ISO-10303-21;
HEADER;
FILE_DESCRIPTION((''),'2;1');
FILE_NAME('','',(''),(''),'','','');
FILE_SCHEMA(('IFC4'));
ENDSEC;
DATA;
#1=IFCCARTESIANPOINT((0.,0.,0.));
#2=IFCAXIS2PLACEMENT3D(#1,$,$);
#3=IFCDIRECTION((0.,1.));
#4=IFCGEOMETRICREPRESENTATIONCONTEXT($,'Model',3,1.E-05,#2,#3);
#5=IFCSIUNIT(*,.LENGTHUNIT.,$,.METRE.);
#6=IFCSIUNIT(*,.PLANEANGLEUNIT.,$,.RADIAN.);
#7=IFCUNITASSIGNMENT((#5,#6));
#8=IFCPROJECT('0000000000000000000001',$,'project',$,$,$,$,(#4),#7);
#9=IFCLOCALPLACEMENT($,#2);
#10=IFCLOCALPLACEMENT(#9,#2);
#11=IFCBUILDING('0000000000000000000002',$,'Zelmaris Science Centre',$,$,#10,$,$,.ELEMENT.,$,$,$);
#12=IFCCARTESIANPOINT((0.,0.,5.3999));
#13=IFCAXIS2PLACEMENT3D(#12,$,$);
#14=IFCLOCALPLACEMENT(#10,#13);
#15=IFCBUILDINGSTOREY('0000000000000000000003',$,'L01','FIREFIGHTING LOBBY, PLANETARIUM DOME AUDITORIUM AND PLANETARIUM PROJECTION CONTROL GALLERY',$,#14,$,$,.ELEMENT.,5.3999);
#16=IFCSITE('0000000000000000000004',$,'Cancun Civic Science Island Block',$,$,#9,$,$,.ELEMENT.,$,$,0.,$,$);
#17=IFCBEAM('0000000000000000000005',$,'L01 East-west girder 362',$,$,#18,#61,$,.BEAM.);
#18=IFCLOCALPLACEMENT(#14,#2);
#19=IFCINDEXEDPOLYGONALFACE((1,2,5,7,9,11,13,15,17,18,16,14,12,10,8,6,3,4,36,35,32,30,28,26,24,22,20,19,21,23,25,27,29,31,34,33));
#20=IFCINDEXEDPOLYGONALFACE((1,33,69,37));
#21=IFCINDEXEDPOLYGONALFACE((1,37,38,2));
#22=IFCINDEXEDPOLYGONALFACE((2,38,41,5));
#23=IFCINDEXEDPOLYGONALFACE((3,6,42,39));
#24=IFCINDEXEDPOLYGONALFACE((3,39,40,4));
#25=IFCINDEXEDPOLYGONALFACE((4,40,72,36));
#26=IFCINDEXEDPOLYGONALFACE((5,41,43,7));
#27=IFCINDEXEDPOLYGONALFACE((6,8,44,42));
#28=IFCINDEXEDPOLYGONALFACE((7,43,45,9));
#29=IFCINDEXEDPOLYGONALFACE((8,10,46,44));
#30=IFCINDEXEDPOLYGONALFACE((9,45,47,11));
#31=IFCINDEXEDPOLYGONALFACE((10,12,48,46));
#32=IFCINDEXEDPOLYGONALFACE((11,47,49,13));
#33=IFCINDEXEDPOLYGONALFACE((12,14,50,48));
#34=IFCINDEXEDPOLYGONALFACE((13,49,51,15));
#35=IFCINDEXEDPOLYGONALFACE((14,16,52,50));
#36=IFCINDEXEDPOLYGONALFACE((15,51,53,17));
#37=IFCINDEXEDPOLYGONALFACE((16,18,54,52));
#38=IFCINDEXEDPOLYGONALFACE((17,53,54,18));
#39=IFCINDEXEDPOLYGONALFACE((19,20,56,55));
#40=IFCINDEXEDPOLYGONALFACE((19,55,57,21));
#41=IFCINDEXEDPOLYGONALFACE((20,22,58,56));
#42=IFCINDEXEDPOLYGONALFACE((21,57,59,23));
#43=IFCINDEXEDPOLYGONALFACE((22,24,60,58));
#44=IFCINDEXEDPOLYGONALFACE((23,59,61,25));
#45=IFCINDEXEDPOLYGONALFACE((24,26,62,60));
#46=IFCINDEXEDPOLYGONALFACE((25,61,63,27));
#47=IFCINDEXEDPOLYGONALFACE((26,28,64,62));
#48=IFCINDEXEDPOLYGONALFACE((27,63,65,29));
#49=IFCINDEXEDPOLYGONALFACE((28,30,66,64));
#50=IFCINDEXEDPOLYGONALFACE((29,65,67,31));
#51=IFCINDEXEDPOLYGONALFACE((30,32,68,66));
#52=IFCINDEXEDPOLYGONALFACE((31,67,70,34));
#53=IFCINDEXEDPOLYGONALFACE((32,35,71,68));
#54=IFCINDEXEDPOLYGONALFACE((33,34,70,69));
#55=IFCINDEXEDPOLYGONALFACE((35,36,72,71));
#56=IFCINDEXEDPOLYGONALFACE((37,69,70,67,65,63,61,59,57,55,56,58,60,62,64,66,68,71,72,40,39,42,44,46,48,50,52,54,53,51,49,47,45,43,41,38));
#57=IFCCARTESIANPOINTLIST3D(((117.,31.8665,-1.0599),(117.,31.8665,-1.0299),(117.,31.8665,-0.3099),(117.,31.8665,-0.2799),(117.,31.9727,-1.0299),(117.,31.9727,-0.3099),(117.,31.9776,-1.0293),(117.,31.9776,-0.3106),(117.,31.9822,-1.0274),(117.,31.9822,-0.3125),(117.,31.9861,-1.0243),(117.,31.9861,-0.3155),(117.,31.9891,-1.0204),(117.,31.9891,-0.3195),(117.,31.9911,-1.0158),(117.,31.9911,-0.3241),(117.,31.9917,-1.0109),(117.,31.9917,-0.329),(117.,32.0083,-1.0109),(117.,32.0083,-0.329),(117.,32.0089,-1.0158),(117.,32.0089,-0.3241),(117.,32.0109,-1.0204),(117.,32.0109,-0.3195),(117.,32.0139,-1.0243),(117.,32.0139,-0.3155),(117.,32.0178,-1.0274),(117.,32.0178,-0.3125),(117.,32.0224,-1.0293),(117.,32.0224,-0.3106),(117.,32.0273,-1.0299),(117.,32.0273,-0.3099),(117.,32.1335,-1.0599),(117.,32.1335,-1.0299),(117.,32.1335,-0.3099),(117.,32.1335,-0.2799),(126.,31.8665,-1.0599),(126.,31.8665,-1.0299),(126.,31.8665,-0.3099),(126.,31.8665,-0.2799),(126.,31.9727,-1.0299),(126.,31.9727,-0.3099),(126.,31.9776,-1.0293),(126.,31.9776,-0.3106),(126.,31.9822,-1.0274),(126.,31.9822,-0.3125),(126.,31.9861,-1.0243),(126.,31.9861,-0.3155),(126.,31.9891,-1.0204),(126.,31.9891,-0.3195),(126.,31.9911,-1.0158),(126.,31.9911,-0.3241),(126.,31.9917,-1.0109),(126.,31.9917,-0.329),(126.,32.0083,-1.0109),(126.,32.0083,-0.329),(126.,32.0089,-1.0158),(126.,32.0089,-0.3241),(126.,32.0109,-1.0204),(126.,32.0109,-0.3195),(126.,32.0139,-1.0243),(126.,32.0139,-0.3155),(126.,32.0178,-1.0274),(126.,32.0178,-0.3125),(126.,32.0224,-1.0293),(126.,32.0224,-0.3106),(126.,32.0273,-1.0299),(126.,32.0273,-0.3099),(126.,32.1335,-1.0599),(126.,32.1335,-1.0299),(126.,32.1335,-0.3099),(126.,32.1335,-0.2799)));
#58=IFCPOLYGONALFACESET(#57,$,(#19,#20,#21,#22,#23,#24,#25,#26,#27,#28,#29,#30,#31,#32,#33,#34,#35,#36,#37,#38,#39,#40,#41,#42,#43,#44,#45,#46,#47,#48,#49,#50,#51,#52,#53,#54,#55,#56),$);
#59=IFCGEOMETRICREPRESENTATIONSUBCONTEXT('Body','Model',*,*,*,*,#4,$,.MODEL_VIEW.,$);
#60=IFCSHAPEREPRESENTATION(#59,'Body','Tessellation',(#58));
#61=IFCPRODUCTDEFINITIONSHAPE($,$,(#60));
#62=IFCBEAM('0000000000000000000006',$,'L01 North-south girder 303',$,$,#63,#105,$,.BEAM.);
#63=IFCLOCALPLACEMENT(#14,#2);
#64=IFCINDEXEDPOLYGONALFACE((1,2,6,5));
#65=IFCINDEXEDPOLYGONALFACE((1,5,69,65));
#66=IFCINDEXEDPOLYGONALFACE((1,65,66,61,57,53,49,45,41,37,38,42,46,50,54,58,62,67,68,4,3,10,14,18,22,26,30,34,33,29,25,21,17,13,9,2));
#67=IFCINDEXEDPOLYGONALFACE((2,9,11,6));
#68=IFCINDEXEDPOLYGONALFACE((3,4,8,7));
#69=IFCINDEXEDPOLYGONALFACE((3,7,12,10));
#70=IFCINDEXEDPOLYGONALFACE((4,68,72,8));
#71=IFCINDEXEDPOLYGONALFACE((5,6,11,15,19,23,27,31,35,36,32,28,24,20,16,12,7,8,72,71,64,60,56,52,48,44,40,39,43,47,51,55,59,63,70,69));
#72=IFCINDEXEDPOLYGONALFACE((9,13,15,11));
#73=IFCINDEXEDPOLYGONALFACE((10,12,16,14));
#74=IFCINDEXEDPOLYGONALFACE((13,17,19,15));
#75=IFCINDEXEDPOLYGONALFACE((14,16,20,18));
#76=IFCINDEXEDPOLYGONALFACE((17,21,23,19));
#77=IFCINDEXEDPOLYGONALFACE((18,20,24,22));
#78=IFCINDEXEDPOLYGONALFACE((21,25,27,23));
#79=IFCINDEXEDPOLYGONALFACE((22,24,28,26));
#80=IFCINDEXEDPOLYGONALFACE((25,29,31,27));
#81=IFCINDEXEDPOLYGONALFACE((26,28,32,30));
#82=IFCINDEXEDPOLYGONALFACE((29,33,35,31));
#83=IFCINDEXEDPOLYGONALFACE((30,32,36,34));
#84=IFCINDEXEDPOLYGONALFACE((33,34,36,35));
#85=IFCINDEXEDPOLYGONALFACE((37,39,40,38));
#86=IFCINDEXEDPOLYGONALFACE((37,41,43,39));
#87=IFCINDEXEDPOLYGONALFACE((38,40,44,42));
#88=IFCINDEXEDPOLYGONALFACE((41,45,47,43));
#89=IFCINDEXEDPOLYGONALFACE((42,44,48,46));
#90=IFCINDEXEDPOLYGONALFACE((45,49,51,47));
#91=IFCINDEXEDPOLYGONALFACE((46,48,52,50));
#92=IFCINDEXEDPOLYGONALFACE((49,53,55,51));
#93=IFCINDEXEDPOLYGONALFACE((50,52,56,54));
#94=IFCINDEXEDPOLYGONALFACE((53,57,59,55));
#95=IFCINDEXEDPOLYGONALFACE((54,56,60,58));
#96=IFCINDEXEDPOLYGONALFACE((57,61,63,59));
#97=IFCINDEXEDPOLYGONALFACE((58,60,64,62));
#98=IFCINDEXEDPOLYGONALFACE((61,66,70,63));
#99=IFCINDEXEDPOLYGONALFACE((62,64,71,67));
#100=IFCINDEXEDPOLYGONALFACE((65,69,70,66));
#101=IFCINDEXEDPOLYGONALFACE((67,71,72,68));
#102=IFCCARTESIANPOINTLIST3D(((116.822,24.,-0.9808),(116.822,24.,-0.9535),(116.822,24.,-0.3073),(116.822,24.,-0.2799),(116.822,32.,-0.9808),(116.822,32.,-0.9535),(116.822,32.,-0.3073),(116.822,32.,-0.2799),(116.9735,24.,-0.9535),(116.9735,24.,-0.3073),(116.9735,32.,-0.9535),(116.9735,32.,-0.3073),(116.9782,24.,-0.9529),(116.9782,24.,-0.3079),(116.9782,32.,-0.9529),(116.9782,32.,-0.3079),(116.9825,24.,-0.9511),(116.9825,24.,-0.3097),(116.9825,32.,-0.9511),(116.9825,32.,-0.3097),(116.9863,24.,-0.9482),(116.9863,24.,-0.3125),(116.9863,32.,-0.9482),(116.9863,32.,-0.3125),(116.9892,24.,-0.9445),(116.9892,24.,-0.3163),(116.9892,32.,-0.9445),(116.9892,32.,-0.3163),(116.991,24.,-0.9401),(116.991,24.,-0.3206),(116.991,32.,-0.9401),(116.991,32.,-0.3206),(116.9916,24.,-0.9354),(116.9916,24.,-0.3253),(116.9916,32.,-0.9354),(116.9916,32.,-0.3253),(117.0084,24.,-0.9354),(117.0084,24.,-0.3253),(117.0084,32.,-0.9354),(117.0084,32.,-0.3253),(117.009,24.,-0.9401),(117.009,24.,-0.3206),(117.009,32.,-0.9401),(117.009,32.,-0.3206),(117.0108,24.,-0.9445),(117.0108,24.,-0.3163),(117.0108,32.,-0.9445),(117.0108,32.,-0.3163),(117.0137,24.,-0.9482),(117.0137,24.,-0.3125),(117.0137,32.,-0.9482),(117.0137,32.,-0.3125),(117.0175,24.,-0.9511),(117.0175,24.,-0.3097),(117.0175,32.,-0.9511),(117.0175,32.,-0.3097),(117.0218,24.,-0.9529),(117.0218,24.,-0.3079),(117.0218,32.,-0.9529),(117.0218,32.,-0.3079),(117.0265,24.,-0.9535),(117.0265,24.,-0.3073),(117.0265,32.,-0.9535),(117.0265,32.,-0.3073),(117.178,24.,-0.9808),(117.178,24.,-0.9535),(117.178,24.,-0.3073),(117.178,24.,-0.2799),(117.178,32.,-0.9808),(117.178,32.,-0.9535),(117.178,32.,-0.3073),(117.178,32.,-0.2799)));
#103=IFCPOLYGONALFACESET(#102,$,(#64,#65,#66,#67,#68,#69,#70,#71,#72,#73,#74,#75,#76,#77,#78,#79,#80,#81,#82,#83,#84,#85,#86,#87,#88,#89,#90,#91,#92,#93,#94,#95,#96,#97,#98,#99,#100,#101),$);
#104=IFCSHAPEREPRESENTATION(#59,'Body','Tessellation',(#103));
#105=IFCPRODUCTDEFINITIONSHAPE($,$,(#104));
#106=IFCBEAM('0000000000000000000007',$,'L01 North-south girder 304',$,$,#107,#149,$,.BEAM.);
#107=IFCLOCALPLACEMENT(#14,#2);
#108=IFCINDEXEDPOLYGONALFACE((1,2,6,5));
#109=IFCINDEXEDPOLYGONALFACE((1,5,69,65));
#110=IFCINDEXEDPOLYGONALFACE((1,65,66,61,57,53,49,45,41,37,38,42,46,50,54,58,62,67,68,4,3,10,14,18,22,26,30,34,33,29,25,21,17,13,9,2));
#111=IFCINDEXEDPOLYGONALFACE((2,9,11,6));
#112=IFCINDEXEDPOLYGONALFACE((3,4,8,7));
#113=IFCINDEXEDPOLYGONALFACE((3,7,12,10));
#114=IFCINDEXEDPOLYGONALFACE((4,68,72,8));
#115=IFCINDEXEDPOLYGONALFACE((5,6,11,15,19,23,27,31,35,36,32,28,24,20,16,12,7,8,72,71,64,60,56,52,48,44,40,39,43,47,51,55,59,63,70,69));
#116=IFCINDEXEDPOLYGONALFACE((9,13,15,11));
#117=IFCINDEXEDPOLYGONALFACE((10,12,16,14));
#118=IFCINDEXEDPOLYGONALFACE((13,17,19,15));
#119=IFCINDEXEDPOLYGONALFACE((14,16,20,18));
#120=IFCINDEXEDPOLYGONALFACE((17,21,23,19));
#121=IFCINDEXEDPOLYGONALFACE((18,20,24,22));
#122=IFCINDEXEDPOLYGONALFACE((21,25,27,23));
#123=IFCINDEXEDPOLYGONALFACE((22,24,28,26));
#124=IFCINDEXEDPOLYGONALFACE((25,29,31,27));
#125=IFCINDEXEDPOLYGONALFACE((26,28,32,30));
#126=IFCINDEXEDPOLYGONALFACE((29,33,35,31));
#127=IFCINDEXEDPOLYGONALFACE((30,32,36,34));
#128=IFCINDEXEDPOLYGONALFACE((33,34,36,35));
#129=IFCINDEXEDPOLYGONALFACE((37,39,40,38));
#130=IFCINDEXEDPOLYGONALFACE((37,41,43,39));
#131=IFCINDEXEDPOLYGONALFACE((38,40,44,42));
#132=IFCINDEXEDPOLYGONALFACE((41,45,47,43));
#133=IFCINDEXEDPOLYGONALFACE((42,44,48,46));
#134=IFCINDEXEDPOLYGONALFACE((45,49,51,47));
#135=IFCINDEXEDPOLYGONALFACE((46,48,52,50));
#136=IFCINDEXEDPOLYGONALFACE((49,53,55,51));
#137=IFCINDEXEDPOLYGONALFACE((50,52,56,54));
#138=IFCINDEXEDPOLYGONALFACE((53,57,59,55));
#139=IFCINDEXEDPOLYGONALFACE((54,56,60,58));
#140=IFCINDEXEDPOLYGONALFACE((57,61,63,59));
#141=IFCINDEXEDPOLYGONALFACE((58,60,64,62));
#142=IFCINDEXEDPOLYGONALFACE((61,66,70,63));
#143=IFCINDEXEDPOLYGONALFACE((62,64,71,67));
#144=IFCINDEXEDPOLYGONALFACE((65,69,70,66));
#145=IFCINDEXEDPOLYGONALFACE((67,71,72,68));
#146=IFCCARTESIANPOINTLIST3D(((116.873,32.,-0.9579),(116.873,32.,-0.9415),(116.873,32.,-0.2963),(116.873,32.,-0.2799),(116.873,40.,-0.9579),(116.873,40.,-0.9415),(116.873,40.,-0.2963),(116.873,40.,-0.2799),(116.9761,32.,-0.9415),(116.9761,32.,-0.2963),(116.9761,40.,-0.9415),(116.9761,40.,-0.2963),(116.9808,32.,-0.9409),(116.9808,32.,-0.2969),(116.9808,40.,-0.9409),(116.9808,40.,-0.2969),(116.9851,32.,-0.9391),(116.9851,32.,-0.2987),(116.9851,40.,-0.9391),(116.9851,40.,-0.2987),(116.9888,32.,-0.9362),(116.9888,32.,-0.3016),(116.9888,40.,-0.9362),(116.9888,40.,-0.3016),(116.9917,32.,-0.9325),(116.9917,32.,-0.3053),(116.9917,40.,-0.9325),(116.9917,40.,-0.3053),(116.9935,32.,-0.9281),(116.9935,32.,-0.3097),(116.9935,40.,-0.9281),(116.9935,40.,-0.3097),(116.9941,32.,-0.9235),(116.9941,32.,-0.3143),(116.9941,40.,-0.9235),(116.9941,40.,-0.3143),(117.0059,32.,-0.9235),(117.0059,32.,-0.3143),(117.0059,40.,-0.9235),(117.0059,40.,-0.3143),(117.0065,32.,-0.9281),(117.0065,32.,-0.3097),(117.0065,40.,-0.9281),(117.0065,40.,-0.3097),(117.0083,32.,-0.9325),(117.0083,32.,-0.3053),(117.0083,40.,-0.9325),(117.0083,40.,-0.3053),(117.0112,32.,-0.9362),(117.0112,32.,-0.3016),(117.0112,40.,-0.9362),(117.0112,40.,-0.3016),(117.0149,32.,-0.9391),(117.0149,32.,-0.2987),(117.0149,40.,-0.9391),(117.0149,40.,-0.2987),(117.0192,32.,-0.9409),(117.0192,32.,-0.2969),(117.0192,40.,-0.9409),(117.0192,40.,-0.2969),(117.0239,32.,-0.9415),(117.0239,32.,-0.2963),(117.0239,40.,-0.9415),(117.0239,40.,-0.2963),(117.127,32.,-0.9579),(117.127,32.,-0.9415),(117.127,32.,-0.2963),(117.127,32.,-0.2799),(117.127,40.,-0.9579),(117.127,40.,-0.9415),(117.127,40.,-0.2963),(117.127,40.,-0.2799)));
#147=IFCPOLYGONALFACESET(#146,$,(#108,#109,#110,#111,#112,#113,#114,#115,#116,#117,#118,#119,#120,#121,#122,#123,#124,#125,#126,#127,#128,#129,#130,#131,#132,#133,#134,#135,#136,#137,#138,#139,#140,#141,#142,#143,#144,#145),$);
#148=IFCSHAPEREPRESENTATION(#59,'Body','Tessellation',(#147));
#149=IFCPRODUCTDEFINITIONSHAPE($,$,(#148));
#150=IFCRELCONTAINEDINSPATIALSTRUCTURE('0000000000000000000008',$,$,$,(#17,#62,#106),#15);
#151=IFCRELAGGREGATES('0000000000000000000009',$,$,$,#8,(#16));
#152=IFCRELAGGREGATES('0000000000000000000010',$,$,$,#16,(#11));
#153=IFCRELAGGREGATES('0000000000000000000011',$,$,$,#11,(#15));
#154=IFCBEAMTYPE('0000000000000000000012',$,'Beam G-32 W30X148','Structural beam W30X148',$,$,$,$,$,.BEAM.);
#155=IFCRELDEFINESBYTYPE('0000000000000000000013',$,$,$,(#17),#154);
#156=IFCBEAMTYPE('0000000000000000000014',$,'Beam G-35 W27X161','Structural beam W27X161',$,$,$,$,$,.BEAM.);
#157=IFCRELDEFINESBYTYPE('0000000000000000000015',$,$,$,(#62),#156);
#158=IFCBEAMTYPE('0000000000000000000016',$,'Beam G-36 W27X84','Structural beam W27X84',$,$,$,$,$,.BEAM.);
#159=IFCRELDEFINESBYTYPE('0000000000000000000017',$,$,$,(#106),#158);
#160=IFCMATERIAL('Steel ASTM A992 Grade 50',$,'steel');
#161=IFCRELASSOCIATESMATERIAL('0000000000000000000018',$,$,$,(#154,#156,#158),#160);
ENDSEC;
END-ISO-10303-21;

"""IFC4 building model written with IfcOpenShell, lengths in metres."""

from ifc_helpers import new_model, si_unit, direction, frame, origin, origin_2d, place, context, subcontext, project, spatial, i_section, extrude, material, material_profile, profile_set, type_object, element, save


model = new_model("IFC4")

# Units and contexts
model_context = context("Model", 3, precision=1e-05, world=origin(), true_north=direction((0.0, 1.0)))
body_context = subcontext(model_context, "Body", "Model", "MODEL_VIEW")
ifc_project = project(units=[si_unit("LENGTHUNIT", "METRE"), si_unit("PLANEANGLEUNIT", "RADIAN")], contexts=[model_context])

# Site, building, storey
site_placement = place(None, origin())
site = spatial("IfcSite", under=ifc_project, at=site_placement, Name="Cancun Civic Science Island Block", CompositionType="ELEMENT", RefElevation=0.0)
building_placement = place(site_placement, origin())
building = spatial("IfcBuilding", under=site, at=building_placement, Name="Zelmaris Science Centre", CompositionType="ELEMENT")
storey_placement = place(building_placement, frame((0.0, 0.0, 5.3999)))
storey = spatial("IfcBuildingStorey", under=building, at=storey_placement, Name="L01", Description="FIREFIGHTING LOBBY, PLANETARIUM DOME AUDITORIUM AND PLANETARIUM PROJECTION CONTROL GALLERY", CompositionType="ELEMENT", Elevation=5.3999)

# Shared definitions
ifc_material_1 = material(Name="Steel ASTM A992 Grade 50", Category="steel")

# Beams
ifc_material_profile_1 = material_profile(ifc_material_1, i_section(OverallWidth=0.2671, OverallDepth=0.78, WebThickness=0.0166, FlangeThickness=0.03, FilletRadius=0.019, at=origin_2d()), Name="W30X148")
ifc_profile_set_1 = profile_set([ifc_material_profile_1], Name="Steel ASTM A992 Grade 50")
beam_type_1 = type_object("IfcBeamType", Name="Beam G-32 W30X148", Description="Structural beam W30X148", PredefinedType="BEAM", material=ifc_profile_set_1)
beam_1_placement = place(storey_placement, frame((117.0, 32.0, -0.6699), z_axis=(1.0, 0.0, 0.0), x_axis=(0.0, 1.0, 0.0)))
element("IfcBeam", 1, at=beam_1_placement, inside=storey, type_object=beam_type_1, Name="L01 East-west girder 362", PredefinedType="BEAM", context=body_context, shape_type="SweptSolid", body=[
    extrude(i_section(OverallWidth=0.2671, OverallDepth=0.78, WebThickness=0.0166, FlangeThickness=0.03, FilletRadius=0.019, at=origin_2d()), origin(), (0.0, 0.0, 1.0), 9.0),
])
ifc_material_profile_2 = material_profile(ifc_material_1, i_section(OverallWidth=0.356, OverallDepth=0.7009, WebThickness=0.0168, FlangeThickness=0.0273, FilletRadius=0.0181, at=origin_2d()), Name="W27X161")
ifc_profile_set_2 = profile_set([ifc_material_profile_2], Name="Steel ASTM A992 Grade 50")
beam_type_2 = type_object("IfcBeamType", Name="Beam G-35 W27X161", Description="Structural beam W27X161", PredefinedType="BEAM", material=ifc_profile_set_2)
beam_2_placement = place(storey_placement, frame((117.0, 24.0, -0.6304), z_axis=(0.0, 1.0, 0.0), x_axis=(-1.0, 0.0, 0.0)))
element("IfcBeam", 2, at=beam_2_placement, inside=storey, type_object=beam_type_2, Name="L01 North-south girder 303", PredefinedType="BEAM", context=body_context, shape_type="SweptSolid", body=[
    extrude(i_section(OverallWidth=0.356, OverallDepth=0.7009, WebThickness=0.0168, FlangeThickness=0.0273, FilletRadius=0.0181, at=origin_2d()), origin(), (0.0, 0.0, 1.0), 8.0),
])
ifc_material_profile_3 = material_profile(ifc_material_1, i_section(OverallWidth=0.2539, OverallDepth=0.678, WebThickness=0.0117, FlangeThickness=0.0164, FilletRadius=0.0181, at=origin_2d()), Name="W27X84")
ifc_profile_set_3 = profile_set([ifc_material_profile_3], Name="Steel ASTM A992 Grade 50")
beam_type_3 = type_object("IfcBeamType", Name="Beam G-36 W27X84", Description="Structural beam W27X84", PredefinedType="BEAM", material=ifc_profile_set_3)
beam_3_placement = place(storey_placement, frame((117.0, 32.0, -0.6189), z_axis=(0.0, 1.0, 0.0), x_axis=(-1.0, 0.0, 0.0)))
element("IfcBeam", 3, at=beam_3_placement, inside=storey, type_object=beam_type_3, Name="L01 North-south girder 304", PredefinedType="BEAM", context=body_context, shape_type="SweptSolid", body=[
    extrude(i_section(OverallWidth=0.2539, OverallDepth=0.678, WebThickness=0.0117, FlangeThickness=0.0164, FilletRadius=0.0181, at=origin_2d()), origin(), (0.0, 0.0, 1.0), 8.0),
])

save(model, "model.ifc")
